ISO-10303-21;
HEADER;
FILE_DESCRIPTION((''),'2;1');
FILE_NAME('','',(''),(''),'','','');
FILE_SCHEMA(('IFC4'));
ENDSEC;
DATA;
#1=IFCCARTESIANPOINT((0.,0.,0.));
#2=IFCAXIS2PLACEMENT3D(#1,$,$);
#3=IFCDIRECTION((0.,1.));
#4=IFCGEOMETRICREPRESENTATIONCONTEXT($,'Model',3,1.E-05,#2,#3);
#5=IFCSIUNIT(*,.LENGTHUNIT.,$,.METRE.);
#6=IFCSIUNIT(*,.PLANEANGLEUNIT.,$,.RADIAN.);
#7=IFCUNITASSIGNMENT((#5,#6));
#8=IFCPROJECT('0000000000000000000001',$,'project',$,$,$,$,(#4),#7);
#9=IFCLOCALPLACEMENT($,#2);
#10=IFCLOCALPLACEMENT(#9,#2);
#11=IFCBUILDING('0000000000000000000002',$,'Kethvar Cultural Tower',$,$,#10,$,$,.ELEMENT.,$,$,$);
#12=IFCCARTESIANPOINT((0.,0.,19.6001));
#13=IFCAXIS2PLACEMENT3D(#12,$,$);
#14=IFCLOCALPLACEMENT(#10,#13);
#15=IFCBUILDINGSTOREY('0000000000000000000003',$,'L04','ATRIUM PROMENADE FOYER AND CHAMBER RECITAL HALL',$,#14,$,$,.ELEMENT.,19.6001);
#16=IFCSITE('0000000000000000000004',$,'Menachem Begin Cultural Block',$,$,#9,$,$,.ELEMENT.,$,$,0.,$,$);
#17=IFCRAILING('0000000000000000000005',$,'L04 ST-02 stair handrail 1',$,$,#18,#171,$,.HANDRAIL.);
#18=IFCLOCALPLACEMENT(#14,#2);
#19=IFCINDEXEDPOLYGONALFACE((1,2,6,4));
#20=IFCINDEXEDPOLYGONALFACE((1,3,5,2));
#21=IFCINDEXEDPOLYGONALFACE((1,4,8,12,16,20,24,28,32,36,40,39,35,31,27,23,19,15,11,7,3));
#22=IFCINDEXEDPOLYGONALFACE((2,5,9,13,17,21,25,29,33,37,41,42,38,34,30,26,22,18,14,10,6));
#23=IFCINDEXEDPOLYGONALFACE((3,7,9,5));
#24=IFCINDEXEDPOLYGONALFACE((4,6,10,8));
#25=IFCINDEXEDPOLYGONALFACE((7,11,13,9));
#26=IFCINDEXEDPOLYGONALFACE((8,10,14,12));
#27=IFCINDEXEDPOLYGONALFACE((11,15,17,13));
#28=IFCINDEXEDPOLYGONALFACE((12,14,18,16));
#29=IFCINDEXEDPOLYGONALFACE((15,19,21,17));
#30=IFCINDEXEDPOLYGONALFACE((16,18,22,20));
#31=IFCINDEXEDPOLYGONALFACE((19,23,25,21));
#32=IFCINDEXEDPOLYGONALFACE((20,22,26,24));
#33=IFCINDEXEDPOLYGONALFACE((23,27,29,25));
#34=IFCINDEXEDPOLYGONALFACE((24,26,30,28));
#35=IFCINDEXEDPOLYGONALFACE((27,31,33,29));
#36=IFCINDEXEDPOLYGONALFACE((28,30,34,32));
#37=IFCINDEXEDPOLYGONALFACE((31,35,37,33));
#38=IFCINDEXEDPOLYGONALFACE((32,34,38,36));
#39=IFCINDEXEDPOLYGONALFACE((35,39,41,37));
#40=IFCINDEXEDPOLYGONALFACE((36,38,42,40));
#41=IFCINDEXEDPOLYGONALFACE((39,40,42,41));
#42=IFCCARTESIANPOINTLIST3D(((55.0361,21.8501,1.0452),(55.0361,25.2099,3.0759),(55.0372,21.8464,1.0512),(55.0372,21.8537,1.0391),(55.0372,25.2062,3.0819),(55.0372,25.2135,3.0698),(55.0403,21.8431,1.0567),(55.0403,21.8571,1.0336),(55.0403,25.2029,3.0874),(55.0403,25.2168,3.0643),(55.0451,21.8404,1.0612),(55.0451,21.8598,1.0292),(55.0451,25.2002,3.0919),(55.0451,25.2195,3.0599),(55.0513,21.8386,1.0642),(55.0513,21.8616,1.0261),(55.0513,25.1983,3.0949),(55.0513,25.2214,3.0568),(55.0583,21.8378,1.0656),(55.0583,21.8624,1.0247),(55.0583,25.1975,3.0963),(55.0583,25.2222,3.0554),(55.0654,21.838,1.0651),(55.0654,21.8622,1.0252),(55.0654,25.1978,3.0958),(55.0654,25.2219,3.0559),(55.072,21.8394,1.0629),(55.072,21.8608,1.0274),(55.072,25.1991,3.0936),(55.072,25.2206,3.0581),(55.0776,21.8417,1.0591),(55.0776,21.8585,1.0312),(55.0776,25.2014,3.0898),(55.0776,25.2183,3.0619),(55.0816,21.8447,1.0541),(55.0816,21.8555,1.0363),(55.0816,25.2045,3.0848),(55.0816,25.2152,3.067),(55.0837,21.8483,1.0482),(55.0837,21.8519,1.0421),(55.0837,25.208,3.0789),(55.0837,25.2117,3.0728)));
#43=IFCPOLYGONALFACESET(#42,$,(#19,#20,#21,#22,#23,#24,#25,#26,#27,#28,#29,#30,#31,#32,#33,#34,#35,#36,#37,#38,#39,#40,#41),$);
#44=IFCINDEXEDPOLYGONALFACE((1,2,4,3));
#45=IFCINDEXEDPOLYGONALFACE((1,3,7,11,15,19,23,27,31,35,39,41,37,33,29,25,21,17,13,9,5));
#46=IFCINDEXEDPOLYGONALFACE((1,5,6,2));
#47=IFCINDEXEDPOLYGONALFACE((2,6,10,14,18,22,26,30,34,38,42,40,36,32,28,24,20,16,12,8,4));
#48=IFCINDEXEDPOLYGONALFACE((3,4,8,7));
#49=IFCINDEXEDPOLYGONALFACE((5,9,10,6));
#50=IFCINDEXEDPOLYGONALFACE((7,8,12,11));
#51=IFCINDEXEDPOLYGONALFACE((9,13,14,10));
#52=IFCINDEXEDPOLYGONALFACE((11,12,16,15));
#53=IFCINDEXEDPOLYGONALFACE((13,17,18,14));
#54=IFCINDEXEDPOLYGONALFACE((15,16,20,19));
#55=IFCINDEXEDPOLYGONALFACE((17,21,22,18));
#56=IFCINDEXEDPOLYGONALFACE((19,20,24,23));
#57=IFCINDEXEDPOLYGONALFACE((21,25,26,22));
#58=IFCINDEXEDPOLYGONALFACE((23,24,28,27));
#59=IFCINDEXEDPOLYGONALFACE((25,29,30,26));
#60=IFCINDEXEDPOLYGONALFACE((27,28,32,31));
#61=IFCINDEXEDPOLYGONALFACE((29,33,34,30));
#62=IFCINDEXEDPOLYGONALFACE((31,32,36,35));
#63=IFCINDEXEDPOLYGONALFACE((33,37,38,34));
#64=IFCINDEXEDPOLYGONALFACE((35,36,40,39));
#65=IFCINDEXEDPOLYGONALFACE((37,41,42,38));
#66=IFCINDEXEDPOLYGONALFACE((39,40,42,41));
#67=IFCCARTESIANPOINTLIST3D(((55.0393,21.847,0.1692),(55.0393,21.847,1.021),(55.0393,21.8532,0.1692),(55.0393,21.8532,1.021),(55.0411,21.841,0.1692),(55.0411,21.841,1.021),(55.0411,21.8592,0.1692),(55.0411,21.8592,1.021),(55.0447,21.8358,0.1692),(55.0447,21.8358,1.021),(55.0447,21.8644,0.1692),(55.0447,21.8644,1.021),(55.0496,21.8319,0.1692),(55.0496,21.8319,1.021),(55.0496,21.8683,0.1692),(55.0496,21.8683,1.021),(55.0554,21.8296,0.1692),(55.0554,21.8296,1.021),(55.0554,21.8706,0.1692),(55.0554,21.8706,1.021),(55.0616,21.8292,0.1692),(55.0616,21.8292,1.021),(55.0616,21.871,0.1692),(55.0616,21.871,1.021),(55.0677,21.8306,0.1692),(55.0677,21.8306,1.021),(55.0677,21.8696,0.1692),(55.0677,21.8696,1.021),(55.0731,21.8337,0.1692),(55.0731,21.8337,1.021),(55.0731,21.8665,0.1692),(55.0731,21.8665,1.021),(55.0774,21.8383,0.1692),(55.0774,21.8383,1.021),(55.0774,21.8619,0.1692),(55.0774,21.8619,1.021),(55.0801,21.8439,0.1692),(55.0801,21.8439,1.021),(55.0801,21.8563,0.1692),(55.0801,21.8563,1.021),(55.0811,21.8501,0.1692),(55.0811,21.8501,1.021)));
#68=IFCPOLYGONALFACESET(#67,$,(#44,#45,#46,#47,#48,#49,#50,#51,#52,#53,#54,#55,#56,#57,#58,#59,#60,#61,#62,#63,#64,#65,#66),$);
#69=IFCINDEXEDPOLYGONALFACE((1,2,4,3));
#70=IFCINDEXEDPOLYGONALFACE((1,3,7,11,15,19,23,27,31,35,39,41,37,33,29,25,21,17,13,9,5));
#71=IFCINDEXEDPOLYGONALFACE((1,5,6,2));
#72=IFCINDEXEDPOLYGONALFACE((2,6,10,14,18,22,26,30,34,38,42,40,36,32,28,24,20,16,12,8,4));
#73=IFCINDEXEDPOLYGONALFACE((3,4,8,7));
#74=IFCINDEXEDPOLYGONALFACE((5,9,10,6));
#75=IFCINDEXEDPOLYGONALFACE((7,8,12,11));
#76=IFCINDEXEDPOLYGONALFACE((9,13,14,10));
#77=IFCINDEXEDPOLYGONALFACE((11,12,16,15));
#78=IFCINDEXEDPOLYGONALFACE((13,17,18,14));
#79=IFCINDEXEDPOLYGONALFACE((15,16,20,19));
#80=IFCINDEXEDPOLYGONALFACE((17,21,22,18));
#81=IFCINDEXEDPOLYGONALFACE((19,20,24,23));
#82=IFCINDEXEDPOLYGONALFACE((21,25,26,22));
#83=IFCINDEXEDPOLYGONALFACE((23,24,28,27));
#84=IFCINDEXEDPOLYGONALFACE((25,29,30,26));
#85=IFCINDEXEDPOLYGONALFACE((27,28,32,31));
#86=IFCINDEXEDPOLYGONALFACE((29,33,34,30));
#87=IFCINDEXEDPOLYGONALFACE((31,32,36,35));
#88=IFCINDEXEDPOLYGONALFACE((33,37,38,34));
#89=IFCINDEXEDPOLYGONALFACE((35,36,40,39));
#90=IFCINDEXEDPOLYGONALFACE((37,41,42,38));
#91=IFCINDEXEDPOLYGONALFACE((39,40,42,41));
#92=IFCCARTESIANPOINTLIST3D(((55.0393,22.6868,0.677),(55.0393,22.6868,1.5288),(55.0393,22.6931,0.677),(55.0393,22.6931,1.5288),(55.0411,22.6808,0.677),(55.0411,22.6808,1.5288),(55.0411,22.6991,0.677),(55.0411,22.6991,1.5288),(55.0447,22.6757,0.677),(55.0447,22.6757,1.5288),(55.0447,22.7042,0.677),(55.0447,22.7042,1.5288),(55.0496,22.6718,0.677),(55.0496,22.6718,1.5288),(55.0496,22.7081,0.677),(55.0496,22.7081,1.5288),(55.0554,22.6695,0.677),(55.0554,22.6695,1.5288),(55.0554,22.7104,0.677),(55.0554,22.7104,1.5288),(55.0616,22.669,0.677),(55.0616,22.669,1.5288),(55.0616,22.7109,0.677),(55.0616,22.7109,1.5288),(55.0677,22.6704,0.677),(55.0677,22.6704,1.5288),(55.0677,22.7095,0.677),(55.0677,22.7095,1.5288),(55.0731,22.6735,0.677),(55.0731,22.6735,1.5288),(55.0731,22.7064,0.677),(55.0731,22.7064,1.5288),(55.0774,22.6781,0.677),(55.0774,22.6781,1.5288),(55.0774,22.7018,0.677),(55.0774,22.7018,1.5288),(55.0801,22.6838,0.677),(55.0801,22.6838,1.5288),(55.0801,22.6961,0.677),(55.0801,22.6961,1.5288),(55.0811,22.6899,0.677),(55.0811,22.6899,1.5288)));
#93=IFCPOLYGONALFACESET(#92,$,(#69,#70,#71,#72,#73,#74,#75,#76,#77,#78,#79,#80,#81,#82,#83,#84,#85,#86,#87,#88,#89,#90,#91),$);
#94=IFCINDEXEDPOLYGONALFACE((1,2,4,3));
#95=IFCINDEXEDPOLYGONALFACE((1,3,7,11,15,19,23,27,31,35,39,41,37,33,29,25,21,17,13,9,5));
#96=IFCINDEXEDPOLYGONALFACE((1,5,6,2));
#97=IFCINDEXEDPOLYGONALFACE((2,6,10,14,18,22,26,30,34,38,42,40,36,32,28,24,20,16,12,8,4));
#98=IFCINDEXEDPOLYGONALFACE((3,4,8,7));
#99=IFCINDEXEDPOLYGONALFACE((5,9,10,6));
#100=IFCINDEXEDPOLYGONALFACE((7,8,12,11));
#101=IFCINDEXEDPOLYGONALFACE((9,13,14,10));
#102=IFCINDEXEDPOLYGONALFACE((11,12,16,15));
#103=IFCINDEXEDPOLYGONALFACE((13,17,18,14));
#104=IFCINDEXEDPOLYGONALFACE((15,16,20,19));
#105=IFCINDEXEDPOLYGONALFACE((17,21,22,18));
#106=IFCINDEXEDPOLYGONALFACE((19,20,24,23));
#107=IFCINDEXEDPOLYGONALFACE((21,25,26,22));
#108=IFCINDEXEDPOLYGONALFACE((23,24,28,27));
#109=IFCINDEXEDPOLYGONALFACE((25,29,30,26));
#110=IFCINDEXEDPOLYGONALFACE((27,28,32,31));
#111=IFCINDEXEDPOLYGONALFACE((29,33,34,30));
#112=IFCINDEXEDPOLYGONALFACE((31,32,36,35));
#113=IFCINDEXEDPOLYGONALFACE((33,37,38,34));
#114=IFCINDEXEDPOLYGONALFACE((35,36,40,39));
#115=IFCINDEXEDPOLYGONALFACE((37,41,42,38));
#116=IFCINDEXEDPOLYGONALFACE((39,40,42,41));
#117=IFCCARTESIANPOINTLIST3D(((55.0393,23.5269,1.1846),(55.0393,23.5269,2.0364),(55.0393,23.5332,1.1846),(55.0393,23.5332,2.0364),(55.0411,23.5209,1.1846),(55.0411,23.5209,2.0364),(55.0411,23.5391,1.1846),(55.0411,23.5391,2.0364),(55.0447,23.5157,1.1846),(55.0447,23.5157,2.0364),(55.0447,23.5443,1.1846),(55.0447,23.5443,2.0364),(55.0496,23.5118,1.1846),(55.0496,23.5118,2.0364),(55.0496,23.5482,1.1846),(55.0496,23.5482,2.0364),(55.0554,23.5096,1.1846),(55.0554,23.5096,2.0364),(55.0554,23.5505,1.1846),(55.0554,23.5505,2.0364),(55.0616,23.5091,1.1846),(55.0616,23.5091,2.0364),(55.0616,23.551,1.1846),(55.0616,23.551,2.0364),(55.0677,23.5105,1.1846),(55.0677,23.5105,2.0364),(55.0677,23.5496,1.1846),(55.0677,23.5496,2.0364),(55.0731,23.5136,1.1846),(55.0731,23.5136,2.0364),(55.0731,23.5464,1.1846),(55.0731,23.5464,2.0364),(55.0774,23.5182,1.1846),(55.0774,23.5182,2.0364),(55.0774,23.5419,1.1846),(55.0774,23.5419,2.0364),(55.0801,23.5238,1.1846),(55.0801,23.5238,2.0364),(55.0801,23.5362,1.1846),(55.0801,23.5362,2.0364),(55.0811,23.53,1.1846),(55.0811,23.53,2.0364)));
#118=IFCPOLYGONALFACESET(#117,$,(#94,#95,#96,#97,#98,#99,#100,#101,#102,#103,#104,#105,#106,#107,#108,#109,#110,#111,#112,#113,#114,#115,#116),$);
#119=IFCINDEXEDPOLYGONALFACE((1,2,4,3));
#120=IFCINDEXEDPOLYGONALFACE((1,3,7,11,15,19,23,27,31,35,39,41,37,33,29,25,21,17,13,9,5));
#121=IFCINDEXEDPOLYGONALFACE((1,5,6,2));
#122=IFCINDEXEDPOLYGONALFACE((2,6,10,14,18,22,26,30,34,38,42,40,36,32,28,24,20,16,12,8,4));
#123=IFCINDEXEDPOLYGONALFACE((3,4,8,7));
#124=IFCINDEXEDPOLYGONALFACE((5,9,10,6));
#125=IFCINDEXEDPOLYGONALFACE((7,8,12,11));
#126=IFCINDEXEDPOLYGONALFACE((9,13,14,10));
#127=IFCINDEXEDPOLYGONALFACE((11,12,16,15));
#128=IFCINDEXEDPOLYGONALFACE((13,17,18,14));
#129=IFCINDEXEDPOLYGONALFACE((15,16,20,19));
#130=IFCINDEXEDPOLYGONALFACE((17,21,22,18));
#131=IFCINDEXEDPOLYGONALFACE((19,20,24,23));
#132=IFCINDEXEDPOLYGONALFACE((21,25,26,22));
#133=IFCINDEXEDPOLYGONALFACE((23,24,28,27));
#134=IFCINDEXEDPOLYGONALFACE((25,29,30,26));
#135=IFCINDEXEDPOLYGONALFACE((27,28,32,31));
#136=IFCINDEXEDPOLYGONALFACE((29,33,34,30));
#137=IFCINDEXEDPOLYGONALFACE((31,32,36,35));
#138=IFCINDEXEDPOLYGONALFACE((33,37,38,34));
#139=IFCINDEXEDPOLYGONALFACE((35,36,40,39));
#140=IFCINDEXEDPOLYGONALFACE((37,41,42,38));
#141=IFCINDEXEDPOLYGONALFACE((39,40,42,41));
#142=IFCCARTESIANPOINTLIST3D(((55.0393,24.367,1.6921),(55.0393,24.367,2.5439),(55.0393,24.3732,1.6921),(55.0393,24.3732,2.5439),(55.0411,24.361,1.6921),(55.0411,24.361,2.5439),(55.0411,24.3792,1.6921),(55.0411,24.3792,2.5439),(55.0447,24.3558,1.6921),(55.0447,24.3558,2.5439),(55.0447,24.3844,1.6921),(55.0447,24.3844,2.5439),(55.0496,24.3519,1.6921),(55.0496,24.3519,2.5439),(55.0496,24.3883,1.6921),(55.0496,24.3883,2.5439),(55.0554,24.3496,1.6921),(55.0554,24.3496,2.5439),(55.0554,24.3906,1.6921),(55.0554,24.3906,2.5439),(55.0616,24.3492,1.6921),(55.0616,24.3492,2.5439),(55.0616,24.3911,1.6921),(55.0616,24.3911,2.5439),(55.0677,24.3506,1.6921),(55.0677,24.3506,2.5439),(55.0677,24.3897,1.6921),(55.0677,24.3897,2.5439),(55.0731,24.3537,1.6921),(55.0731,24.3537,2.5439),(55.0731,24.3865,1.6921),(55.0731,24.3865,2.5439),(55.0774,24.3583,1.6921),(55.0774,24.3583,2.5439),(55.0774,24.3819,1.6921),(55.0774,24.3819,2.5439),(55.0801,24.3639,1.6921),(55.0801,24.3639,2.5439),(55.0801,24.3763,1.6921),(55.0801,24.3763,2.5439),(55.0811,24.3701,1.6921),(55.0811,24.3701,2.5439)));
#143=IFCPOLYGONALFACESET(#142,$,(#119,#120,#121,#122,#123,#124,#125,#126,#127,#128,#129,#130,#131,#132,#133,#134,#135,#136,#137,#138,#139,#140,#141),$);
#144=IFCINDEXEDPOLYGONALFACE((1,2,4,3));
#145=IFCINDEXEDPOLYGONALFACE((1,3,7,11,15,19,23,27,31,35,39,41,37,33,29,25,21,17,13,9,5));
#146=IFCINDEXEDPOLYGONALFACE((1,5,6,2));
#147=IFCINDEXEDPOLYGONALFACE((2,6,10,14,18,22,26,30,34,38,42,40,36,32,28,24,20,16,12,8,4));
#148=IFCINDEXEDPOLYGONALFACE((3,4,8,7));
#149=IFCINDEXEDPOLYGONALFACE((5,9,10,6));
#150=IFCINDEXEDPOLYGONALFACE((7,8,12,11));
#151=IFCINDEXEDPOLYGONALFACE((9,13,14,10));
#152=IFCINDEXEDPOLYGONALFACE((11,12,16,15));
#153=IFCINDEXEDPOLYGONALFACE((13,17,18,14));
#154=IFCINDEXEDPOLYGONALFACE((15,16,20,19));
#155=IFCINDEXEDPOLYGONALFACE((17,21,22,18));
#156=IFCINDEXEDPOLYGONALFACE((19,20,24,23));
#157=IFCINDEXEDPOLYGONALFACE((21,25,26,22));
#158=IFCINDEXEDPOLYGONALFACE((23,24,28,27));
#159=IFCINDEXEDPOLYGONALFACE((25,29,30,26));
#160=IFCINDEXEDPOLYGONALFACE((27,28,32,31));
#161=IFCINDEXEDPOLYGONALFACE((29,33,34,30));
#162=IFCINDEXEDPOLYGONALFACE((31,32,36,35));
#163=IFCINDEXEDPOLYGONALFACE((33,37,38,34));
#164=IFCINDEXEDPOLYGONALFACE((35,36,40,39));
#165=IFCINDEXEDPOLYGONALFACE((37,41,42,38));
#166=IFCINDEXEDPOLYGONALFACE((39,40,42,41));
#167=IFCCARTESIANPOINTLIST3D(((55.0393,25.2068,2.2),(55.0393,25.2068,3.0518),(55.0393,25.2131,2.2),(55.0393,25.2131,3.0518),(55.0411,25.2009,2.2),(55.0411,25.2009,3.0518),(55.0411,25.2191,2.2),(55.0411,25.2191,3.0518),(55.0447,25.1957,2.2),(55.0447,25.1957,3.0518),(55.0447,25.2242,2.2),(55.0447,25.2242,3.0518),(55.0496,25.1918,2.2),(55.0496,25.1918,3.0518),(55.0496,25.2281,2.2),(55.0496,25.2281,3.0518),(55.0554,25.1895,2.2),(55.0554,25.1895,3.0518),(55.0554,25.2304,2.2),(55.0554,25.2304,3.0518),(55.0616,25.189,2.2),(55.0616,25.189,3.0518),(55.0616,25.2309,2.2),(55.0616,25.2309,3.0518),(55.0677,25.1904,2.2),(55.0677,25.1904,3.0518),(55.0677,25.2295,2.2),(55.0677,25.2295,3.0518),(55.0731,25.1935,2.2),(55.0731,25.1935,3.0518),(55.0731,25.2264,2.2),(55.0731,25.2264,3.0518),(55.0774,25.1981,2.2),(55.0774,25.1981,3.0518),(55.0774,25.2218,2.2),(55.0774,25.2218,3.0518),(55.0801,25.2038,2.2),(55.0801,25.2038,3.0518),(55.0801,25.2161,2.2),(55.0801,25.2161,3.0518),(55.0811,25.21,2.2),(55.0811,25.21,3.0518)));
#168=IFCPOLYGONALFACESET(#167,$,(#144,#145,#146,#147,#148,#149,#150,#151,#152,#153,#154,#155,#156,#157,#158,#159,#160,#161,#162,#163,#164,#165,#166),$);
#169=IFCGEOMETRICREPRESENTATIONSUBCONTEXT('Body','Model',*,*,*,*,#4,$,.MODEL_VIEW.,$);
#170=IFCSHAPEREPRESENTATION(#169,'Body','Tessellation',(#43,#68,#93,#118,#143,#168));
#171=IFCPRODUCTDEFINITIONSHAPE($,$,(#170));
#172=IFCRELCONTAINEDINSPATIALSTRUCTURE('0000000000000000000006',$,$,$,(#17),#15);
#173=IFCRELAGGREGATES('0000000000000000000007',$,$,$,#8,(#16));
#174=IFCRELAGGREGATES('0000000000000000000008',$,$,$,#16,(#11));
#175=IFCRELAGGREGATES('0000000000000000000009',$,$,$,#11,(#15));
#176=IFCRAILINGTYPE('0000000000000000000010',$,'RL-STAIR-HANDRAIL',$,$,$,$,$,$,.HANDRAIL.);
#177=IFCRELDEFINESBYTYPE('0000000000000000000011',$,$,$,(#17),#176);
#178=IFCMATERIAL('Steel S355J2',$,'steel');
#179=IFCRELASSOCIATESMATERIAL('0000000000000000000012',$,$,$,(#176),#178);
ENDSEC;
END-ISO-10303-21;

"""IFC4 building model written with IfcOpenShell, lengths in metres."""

from ifc_helpers import new_model, si_unit, direction, frame, origin, origin_2d, place, context, subcontext, project, spatial, circle, extrude, material, type_object, element, save


model = new_model("IFC4")

# Units and contexts
model_context = context("Model", 3, precision=1e-05, world=origin(), true_north=direction((0.0, 1.0)))
body_context = subcontext(model_context, "Body", "Model", "MODEL_VIEW")
ifc_project = project(units=[si_unit("LENGTHUNIT", "METRE"), si_unit("PLANEANGLEUNIT", "RADIAN")], contexts=[model_context])

# Site, building, storey
site_placement = place(None, origin())
site = spatial("IfcSite", under=ifc_project, at=site_placement, Name="Menachem Begin Cultural Block", CompositionType="ELEMENT", RefElevation=0.0)
building_placement = place(site_placement, origin())
building = spatial("IfcBuilding", under=site, at=building_placement, Name="Kethvar Cultural Tower", CompositionType="ELEMENT")
storey_placement = place(building_placement, frame((0.0, 0.0, 19.6001)))
storey = spatial("IfcBuildingStorey", under=building, at=storey_placement, Name="L04", Description="ATRIUM PROMENADE FOYER AND CHAMBER RECITAL HALL", CompositionType="ELEMENT", Elevation=19.6001)

# Shared definitions
ifc_material_1 = material(Name="Steel S355J2", Category="steel")

# Railing
railing_type_1 = type_object("IfcRailingType", Name="RL-STAIR-HANDRAIL", PredefinedType="HANDRAIL", material=ifc_material_1)
railing_1_placement = place(storey_placement, frame((55.0601, 21.8501, 0.1692)))
element("IfcRailing", 1, at=railing_1_placement, inside=storey, type_object=railing_type_1, Name="L04 ST-02 stair handrail 1", PredefinedType="HANDRAIL", context=body_context, shape_type="SweptSolid", body=[
    extrude(circle(Radius=0.0239, at=origin_2d()), frame((0.0, 0.0, 0.876), z_axis=(0.0, 0.85582, 0.517273), x_axis=(-1.0, 0.0, 0.0)), (0.0, 0.0, 1.0), 3.9258),
    extrude(circle(Radius=0.021, at=origin_2d()), origin(), (0.0, 0.0, 1.0), 0.8518),
    extrude(circle(Radius=0.021, at=origin_2d()), frame((0.0, 0.8398, 0.5078)), (0.0, 0.0, 1.0), 0.8518),
    extrude(circle(Radius=0.021, at=origin_2d()), frame((0.0, 1.6799, 1.0154)), (0.0, 0.0, 1.0), 0.8518),
    extrude(circle(Radius=0.021, at=origin_2d()), frame((0.0, 2.52, 1.5229)), (0.0, 0.0, 1.0), 0.8518),
    extrude(circle(Radius=0.021, at=origin_2d()), frame((0.0, 3.3599, 2.0308)), (0.0, 0.0, 1.0), 0.8518),
])

save(model, "model.ifc")
